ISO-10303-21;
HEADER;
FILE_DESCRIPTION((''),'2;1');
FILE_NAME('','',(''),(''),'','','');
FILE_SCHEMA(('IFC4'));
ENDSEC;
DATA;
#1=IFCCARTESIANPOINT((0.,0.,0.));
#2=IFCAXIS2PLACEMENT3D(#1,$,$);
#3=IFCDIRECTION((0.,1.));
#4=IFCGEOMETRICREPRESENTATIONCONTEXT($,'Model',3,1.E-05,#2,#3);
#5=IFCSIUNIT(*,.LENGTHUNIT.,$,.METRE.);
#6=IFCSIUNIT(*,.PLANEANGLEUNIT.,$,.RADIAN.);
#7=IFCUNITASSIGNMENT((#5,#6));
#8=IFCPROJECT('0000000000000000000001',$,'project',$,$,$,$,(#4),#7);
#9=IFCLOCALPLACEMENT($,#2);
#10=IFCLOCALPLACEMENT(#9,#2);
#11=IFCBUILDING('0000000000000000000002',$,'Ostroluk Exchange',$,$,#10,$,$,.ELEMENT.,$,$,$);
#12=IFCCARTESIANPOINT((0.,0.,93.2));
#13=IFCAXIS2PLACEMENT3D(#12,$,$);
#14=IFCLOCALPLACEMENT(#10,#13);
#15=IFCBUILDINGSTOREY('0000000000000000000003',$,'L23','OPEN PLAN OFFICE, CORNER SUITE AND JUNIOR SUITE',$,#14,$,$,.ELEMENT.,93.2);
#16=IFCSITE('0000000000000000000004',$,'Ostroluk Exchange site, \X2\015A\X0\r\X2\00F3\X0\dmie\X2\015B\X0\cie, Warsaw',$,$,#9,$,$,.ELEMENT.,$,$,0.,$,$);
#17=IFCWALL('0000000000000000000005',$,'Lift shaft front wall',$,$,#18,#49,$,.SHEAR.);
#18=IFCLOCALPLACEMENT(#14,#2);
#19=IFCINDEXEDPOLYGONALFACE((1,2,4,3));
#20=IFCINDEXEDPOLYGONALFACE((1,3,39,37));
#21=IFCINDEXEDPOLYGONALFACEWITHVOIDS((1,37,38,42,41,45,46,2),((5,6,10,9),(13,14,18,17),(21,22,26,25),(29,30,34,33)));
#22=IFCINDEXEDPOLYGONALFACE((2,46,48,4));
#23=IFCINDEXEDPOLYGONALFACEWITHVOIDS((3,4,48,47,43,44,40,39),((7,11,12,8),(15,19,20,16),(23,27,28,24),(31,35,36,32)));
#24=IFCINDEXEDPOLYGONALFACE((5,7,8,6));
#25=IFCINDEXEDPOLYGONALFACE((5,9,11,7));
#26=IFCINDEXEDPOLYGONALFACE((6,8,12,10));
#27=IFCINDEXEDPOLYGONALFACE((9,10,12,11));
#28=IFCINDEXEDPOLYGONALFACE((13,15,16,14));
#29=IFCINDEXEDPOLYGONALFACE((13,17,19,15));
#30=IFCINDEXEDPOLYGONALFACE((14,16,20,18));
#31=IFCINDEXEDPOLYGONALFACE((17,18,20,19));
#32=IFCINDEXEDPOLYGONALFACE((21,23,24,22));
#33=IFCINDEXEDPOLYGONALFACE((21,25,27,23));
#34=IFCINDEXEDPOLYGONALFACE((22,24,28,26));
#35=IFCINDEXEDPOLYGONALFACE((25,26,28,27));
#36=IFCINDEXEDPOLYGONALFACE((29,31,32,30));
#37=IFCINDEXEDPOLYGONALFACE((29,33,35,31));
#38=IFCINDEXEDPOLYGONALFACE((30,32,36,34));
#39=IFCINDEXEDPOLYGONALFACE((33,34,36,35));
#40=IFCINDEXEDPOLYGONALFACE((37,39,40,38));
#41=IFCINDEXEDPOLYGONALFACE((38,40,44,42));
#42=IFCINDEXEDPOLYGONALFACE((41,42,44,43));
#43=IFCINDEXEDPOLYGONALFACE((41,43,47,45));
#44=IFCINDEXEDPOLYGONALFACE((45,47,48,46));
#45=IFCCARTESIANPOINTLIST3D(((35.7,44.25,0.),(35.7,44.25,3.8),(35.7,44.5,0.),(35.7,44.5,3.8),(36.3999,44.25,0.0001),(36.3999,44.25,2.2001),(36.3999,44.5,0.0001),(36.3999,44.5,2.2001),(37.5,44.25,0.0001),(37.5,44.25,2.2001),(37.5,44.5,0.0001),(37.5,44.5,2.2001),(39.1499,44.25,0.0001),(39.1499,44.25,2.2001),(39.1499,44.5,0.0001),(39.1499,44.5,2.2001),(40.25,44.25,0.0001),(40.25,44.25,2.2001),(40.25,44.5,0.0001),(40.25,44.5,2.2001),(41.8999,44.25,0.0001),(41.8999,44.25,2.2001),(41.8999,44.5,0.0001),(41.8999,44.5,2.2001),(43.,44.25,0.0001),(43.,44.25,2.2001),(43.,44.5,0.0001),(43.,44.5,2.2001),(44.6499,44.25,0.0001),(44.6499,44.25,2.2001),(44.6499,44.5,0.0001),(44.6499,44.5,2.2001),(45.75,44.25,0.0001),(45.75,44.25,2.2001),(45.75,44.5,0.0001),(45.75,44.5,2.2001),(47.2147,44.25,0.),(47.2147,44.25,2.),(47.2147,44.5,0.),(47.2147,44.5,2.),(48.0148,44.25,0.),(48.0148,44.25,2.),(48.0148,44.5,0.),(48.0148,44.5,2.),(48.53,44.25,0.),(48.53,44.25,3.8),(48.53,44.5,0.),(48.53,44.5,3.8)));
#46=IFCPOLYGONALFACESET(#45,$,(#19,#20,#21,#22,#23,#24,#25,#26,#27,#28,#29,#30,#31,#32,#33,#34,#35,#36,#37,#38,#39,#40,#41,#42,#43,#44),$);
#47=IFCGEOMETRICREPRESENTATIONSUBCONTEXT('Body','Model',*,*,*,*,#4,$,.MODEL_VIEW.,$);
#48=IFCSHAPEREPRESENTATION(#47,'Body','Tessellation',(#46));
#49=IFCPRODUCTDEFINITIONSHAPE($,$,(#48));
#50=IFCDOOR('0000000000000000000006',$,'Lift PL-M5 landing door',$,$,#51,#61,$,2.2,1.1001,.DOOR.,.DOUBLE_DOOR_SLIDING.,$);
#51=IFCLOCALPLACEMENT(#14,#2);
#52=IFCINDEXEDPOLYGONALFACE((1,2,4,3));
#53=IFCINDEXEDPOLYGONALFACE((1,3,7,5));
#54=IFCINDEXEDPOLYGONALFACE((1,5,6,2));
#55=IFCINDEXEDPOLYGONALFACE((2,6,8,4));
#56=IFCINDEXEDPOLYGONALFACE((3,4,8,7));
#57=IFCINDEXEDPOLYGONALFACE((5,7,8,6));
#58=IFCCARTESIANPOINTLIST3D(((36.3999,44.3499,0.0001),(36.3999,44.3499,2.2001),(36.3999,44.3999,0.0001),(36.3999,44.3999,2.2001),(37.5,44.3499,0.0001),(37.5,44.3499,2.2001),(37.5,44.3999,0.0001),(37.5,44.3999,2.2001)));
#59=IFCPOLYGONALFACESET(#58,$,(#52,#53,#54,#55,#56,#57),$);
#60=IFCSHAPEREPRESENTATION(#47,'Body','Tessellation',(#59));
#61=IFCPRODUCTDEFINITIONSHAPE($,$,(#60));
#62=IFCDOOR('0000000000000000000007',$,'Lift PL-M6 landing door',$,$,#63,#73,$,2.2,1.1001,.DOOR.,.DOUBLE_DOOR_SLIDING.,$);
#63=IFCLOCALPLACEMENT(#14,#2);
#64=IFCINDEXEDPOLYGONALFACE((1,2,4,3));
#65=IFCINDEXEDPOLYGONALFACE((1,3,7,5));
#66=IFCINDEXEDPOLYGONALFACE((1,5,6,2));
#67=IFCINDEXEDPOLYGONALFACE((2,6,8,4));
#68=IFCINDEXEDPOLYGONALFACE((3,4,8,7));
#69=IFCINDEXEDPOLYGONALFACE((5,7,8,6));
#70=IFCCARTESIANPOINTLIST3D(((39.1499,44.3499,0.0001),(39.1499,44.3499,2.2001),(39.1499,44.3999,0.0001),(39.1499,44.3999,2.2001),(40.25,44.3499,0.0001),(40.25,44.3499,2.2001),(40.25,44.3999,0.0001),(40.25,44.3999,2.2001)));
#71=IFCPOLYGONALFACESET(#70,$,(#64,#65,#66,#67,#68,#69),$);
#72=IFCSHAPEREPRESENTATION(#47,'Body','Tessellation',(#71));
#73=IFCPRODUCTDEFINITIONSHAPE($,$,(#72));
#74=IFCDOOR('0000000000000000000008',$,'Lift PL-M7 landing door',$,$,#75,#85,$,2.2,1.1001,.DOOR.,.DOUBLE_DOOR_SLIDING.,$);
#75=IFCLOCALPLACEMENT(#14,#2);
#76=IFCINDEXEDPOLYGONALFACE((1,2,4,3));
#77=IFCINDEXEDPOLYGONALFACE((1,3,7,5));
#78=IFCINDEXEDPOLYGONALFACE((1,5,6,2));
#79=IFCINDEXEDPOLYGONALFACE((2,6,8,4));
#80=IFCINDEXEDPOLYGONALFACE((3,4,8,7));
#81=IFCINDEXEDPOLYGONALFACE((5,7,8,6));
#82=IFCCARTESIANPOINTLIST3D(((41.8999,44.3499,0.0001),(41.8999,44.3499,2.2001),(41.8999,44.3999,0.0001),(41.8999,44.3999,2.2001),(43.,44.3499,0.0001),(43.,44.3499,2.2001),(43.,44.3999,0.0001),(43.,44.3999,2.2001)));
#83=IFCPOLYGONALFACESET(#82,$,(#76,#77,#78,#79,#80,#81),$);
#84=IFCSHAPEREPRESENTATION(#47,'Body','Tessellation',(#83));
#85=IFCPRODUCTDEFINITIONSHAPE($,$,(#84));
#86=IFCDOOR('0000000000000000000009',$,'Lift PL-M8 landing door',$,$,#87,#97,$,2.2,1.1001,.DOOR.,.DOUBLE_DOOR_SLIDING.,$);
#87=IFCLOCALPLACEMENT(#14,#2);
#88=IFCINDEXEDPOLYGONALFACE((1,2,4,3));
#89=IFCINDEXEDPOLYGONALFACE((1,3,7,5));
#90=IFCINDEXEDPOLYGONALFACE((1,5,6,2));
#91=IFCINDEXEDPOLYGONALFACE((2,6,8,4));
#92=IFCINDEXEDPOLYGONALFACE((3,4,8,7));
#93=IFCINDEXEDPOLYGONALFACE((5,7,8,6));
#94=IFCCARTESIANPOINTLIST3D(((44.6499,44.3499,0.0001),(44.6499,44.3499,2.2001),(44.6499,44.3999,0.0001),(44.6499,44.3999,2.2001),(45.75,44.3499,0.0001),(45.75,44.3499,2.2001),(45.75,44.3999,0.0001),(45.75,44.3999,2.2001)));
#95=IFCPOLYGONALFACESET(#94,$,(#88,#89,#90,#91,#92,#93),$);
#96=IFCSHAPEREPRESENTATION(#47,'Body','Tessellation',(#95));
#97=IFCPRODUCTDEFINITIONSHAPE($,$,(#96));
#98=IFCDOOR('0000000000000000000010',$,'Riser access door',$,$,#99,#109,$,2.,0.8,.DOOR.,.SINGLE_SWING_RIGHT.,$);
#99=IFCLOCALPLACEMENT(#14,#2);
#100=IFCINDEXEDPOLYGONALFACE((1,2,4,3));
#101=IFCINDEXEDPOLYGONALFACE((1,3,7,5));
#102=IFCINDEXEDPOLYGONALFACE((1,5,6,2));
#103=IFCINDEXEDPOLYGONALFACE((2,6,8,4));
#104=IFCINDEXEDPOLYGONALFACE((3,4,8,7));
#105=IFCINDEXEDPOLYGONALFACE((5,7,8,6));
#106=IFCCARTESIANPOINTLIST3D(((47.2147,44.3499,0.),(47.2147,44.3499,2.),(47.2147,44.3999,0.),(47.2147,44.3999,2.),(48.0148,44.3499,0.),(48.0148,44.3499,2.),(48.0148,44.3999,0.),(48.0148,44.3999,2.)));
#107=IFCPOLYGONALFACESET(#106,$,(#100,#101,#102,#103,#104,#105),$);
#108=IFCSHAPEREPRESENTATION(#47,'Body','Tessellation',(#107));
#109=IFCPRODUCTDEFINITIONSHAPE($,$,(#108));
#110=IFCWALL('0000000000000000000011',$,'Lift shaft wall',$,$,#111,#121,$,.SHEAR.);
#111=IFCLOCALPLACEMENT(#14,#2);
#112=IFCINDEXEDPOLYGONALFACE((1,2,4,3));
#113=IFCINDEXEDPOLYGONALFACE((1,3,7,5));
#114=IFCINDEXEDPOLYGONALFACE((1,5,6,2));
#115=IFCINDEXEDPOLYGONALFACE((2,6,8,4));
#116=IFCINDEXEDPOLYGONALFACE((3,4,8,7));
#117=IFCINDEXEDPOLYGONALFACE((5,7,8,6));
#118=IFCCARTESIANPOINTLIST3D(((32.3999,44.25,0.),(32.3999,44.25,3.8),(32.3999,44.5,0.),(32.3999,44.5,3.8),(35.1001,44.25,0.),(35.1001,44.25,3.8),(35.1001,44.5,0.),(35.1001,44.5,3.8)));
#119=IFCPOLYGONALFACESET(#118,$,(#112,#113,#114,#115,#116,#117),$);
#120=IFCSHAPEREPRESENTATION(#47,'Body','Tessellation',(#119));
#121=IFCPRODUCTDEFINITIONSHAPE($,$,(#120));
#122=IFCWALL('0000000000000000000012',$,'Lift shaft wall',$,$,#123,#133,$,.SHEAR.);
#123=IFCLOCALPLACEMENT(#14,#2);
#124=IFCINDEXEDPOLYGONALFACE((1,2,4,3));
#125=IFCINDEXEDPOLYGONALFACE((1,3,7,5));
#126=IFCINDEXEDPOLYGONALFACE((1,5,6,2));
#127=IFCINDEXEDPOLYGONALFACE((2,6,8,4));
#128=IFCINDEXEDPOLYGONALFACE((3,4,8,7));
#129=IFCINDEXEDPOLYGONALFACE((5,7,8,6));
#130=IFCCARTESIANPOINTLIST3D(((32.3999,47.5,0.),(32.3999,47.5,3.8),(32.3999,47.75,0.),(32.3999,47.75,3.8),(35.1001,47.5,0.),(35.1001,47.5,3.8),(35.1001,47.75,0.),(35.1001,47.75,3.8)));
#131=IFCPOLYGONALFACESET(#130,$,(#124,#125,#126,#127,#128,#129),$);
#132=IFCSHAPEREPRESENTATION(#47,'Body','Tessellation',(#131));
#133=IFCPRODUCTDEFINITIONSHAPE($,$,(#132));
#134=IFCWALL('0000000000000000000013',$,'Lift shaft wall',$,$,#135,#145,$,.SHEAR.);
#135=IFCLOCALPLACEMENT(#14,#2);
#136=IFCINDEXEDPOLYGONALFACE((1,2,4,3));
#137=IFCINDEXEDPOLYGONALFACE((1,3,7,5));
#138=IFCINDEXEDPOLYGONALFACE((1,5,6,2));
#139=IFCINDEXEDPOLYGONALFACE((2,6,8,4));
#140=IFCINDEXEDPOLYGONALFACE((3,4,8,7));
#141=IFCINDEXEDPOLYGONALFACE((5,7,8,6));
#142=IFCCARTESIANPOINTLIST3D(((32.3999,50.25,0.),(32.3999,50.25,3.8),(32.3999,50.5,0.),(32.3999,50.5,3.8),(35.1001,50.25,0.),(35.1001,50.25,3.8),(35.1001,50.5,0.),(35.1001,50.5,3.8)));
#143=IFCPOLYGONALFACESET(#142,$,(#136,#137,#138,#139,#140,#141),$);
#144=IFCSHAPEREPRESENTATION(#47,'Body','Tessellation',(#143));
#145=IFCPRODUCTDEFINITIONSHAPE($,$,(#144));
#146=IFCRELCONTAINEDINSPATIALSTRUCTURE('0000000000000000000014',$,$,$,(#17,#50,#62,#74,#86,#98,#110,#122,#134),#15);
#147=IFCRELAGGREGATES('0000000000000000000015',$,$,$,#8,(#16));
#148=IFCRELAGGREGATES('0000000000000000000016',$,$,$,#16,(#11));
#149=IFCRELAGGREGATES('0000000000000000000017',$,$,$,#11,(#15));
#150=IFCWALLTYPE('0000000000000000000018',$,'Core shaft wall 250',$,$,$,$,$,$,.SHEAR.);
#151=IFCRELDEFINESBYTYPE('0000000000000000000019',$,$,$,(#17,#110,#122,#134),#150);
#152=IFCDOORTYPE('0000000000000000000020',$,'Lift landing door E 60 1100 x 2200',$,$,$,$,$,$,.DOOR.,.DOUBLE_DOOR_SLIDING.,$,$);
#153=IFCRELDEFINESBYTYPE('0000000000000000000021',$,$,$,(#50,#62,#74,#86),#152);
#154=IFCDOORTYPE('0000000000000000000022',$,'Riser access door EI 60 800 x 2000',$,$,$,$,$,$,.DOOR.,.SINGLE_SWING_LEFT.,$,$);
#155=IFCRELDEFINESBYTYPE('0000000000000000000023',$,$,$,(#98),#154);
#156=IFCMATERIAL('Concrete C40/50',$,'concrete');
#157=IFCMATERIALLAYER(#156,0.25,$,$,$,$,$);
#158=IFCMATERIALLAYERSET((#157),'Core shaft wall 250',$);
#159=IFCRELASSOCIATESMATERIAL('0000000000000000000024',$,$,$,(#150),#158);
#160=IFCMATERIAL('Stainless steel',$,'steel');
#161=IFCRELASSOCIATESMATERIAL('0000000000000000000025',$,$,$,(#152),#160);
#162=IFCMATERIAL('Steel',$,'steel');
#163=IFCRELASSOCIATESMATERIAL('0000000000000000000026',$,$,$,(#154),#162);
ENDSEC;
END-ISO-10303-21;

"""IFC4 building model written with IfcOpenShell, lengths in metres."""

from ifc_helpers import new_model, si_unit, direction, frame, frame_2d, origin, place, context, subcontext, project, spatial, rectangle, extrude, material, layer, layer_set, type_object, element, fill, save


model = new_model("IFC4")

# Units and contexts
model_context = context("Model", 3, precision=1e-05, world=origin(), true_north=direction((0.0, 1.0)))
body_context = subcontext(model_context, "Body", "Model", "MODEL_VIEW")
ifc_project = project(units=[si_unit("LENGTHUNIT", "METRE"), si_unit("PLANEANGLEUNIT", "RADIAN")], contexts=[model_context])

# Site, building, storey
site_placement = place(None, origin())
site = spatial("IfcSite", under=ifc_project, at=site_placement, Name="Ostroluk Exchange site, Śródmieście, Warsaw", CompositionType="ELEMENT", RefElevation=0.0)
building_placement = place(site_placement, origin())
building = spatial("IfcBuilding", under=site, at=building_placement, Name="Ostroluk Exchange", CompositionType="ELEMENT")
storey_placement = place(building_placement, frame((0.0, 0.0, 93.2)))
storey = spatial("IfcBuildingStorey", under=building, at=storey_placement, Name="L23", Description="OPEN PLAN OFFICE, CORNER SUITE AND JUNIOR SUITE", CompositionType="ELEMENT", Elevation=93.2)

# Shared definitions
ifc_material_1 = material(Name="Concrete C40/50", Category="concrete")
ifc_layer = layer(ifc_material_1, 0.25)
ifc_layer_set = layer_set([ifc_layer], Name="Core shaft wall 250")
wall_type = type_object("IfcWallType", Name="Core shaft wall 250", PredefinedType="SHEAR", material=ifc_layer_set)

# Shared definitions
ifc_material_2 = material(Name="Stainless steel", Category="steel")
door_type_1 = type_object("IfcDoorType", Name="Lift landing door E 60 1100 x 2200", OperationType="DOUBLE_DOOR_SLIDING", PredefinedType="DOOR", material=ifc_material_2)
ifc_material_3 = material(Name="Steel", Category="steel")
door_type_2 = type_object("IfcDoorType", Name="Riser access door EI 60 800 x 2000", OperationType="SINGLE_SWING_LEFT", PredefinedType="DOOR", material=ifc_material_3)

# Wall, openings, doors
wall_1_placement = place(storey_placement, frame((35.7, 44.375, 0.0), z_axis=(0.0, 0.0, 1.0), x_axis=(1.0, 0.0, 0.0)))
wall_1 = element("IfcWall", 1, at=wall_1_placement, inside=storey, type_object=wall_type, Name="Lift shaft front wall", PredefinedType="SHEAR", context=body_context, shape_type="SweptSolid", body=[
    extrude(rectangle(XDim=12.8301, YDim=0.25, at=frame_2d((6.415, 0.0))), origin(), (0.0, 0.0, 1.0), 3.8),
])
opening_1_placement = place(wall_1_placement, frame((0.7, 0.0, 0.0)))
opening_1 = element("IfcOpeningElement", 2, at=opening_1_placement, cuts=wall_1, PredefinedType="OPENING", context=body_context, shape_type="SweptSolid", body=[
    extrude(rectangle(XDim=1.1001, YDim=2.2, at=frame_2d((0.55, 1.1001))), frame((0.0, 0.135, 0.0), z_axis=(0.0, -1.0, 0.0), x_axis=(1.0, 0.0, 0.0)), (0.0, 0.0, 1.0), 0.27),
])
opening_2_placement = place(wall_1_placement, frame((3.45, 0.0, 0.0)))
opening_2 = element("IfcOpeningElement", 3, at=opening_2_placement, cuts=wall_1, PredefinedType="OPENING", context=body_context, shape_type="SweptSolid", body=[
    extrude(rectangle(XDim=1.1001, YDim=2.2, at=frame_2d((0.55, 1.1001))), frame((0.0, 0.135, 0.0), z_axis=(0.0, -1.0, 0.0), x_axis=(1.0, 0.0, 0.0)), (0.0, 0.0, 1.0), 0.27),
])
opening_3_placement = place(wall_1_placement, frame((6.2, 0.0, 0.0)))
opening_3 = element("IfcOpeningElement", 4, at=opening_3_placement, cuts=wall_1, PredefinedType="OPENING", context=body_context, shape_type="SweptSolid", body=[
    extrude(rectangle(XDim=1.1001, YDim=2.2, at=frame_2d((0.55, 1.1001))), frame((0.0, 0.135, 0.0), z_axis=(0.0, -1.0, 0.0), x_axis=(1.0, 0.0, 0.0)), (0.0, 0.0, 1.0), 0.27),
])
opening_4_placement = place(wall_1_placement, frame((8.95, 0.0, 0.0)))
opening_4 = element("IfcOpeningElement", 5, at=opening_4_placement, cuts=wall_1, PredefinedType="OPENING", context=body_context, shape_type="SweptSolid", body=[
    extrude(rectangle(XDim=1.1001, YDim=2.2, at=frame_2d((0.55, 1.1001))), frame((0.0, 0.135, 0.0), z_axis=(0.0, -1.0, 0.0), x_axis=(1.0, 0.0, 0.0)), (0.0, 0.0, 1.0), 0.27),
])
opening_5_placement = place(wall_1_placement, frame((11.5149, 0.0, 0.0)))
opening_5 = element("IfcOpeningElement", 6, at=opening_5_placement, cuts=wall_1, PredefinedType="OPENING", context=body_context, shape_type="SweptSolid", body=[
    extrude(rectangle(XDim=0.8, YDim=2.0, at=frame_2d((0.3999, 1.0))), frame((0.0, 0.135, 0.0), z_axis=(0.0, -1.0, 0.0), x_axis=(1.0, 0.0, 0.0)), (0.0, 0.0, 1.0), 0.27),
])
door_1_placement = place(opening_1_placement, origin())
door_1 = element("IfcDoor", 7, at=door_1_placement, inside=storey, type_object=door_type_1, Name="Lift PL-M5 landing door", OperationType="DOUBLE_DOOR_SLIDING", OverallHeight=2.2, OverallWidth=1.1001, PredefinedType="DOOR", context=body_context, shape_type="SweptSolid", body=[
    extrude(rectangle(XDim=1.1001, YDim=2.2, at=frame_2d((0.55, 1.1001))), frame((0.0, 0.0249, 0.0), z_axis=(0.0, -1.0, 0.0), x_axis=(1.0, 0.0, 0.0)), (0.0, 0.0, 1.0), 0.05),
])
fill(opening_1, door_1)
door_2_placement = place(opening_2_placement, origin())
door_2 = element("IfcDoor", 8, at=door_2_placement, inside=storey, type_object=door_type_1, Name="Lift PL-M6 landing door", OperationType="DOUBLE_DOOR_SLIDING", OverallHeight=2.2, OverallWidth=1.1001, PredefinedType="DOOR", context=body_context, shape_type="SweptSolid", body=[
    extrude(rectangle(XDim=1.1001, YDim=2.2, at=frame_2d((0.55, 1.1001))), frame((0.0, 0.0249, 0.0), z_axis=(0.0, -1.0, 0.0), x_axis=(1.0, 0.0, 0.0)), (0.0, 0.0, 1.0), 0.05),
])
fill(opening_2, door_2)
door_3_placement = place(opening_3_placement, origin())
door_3 = element("IfcDoor", 9, at=door_3_placement, inside=storey, type_object=door_type_1, Name="Lift PL-M7 landing door", OperationType="DOUBLE_DOOR_SLIDING", OverallHeight=2.2, OverallWidth=1.1001, PredefinedType="DOOR", context=body_context, shape_type="SweptSolid", body=[
    extrude(rectangle(XDim=1.1001, YDim=2.2, at=frame_2d((0.55, 1.1001))), frame((0.0, 0.0249, 0.0), z_axis=(0.0, -1.0, 0.0), x_axis=(1.0, 0.0, 0.0)), (0.0, 0.0, 1.0), 0.05),
])
fill(opening_3, door_3)
door_4_placement = place(opening_4_placement, origin())
door_4 = element("IfcDoor", 10, at=door_4_placement, inside=storey, type_object=door_type_1, Name="Lift PL-M8 landing door", OperationType="DOUBLE_DOOR_SLIDING", OverallHeight=2.2, OverallWidth=1.1001, PredefinedType="DOOR", context=body_context, shape_type="SweptSolid", body=[
    extrude(rectangle(XDim=1.1001, YDim=2.2, at=frame_2d((0.55, 1.1001))), frame((0.0, 0.0249, 0.0), z_axis=(0.0, -1.0, 0.0), x_axis=(1.0, 0.0, 0.0)), (0.0, 0.0, 1.0), 0.05),
])
fill(opening_4, door_4)
door_5_placement = place(opening_5_placement, origin())
door_5 = element("IfcDoor", 11, at=door_5_placement, inside=storey, type_object=door_type_2, Name="Riser access door", OperationType="SINGLE_SWING_RIGHT", OverallHeight=2.0, OverallWidth=0.8, PredefinedType="DOOR", context=body_context, shape_type="SweptSolid", body=[
    extrude(rectangle(XDim=0.8, YDim=2.0, at=frame_2d((0.3999, 1.0))), frame((0.0, 0.0249, 0.0), z_axis=(0.0, -1.0, 0.0), x_axis=(1.0, 0.0, 0.0)), (0.0, 0.0, 1.0), 0.05),
])
fill(opening_5, door_5)

# Walls
for number, where, z_axis, x_axis, name in (
    (12, (32.3999, 44.375, 0.0), (0.0, 0.0, 1.0), (1.0, 0.0, 0.0), "Lift shaft wall"),
    (13, (32.3999, 47.625, 0.0), (0.0, 0.0, 1.0), (1.0, 0.0, 0.0), "Lift shaft wall"),
    (14, (32.3999, 50.375, 0.0), (0.0, 0.0, 1.0), (1.0, 0.0, 0.0), "Lift shaft wall"),
):
    element("IfcWall", number, at=place(storey_placement, frame(where, z_axis=z_axis, x_axis=x_axis)), inside=storey, type_object=wall_type, Name=name, PredefinedType="SHEAR", context=body_context, shape_type="SweptSolid", body=[
        extrude(rectangle(XDim=2.7002, YDim=0.25, at=frame_2d((1.3501, 0.0))), origin(), (0.0, 0.0, 1.0), 3.8),
    ])

save(model, "model.ifc")
